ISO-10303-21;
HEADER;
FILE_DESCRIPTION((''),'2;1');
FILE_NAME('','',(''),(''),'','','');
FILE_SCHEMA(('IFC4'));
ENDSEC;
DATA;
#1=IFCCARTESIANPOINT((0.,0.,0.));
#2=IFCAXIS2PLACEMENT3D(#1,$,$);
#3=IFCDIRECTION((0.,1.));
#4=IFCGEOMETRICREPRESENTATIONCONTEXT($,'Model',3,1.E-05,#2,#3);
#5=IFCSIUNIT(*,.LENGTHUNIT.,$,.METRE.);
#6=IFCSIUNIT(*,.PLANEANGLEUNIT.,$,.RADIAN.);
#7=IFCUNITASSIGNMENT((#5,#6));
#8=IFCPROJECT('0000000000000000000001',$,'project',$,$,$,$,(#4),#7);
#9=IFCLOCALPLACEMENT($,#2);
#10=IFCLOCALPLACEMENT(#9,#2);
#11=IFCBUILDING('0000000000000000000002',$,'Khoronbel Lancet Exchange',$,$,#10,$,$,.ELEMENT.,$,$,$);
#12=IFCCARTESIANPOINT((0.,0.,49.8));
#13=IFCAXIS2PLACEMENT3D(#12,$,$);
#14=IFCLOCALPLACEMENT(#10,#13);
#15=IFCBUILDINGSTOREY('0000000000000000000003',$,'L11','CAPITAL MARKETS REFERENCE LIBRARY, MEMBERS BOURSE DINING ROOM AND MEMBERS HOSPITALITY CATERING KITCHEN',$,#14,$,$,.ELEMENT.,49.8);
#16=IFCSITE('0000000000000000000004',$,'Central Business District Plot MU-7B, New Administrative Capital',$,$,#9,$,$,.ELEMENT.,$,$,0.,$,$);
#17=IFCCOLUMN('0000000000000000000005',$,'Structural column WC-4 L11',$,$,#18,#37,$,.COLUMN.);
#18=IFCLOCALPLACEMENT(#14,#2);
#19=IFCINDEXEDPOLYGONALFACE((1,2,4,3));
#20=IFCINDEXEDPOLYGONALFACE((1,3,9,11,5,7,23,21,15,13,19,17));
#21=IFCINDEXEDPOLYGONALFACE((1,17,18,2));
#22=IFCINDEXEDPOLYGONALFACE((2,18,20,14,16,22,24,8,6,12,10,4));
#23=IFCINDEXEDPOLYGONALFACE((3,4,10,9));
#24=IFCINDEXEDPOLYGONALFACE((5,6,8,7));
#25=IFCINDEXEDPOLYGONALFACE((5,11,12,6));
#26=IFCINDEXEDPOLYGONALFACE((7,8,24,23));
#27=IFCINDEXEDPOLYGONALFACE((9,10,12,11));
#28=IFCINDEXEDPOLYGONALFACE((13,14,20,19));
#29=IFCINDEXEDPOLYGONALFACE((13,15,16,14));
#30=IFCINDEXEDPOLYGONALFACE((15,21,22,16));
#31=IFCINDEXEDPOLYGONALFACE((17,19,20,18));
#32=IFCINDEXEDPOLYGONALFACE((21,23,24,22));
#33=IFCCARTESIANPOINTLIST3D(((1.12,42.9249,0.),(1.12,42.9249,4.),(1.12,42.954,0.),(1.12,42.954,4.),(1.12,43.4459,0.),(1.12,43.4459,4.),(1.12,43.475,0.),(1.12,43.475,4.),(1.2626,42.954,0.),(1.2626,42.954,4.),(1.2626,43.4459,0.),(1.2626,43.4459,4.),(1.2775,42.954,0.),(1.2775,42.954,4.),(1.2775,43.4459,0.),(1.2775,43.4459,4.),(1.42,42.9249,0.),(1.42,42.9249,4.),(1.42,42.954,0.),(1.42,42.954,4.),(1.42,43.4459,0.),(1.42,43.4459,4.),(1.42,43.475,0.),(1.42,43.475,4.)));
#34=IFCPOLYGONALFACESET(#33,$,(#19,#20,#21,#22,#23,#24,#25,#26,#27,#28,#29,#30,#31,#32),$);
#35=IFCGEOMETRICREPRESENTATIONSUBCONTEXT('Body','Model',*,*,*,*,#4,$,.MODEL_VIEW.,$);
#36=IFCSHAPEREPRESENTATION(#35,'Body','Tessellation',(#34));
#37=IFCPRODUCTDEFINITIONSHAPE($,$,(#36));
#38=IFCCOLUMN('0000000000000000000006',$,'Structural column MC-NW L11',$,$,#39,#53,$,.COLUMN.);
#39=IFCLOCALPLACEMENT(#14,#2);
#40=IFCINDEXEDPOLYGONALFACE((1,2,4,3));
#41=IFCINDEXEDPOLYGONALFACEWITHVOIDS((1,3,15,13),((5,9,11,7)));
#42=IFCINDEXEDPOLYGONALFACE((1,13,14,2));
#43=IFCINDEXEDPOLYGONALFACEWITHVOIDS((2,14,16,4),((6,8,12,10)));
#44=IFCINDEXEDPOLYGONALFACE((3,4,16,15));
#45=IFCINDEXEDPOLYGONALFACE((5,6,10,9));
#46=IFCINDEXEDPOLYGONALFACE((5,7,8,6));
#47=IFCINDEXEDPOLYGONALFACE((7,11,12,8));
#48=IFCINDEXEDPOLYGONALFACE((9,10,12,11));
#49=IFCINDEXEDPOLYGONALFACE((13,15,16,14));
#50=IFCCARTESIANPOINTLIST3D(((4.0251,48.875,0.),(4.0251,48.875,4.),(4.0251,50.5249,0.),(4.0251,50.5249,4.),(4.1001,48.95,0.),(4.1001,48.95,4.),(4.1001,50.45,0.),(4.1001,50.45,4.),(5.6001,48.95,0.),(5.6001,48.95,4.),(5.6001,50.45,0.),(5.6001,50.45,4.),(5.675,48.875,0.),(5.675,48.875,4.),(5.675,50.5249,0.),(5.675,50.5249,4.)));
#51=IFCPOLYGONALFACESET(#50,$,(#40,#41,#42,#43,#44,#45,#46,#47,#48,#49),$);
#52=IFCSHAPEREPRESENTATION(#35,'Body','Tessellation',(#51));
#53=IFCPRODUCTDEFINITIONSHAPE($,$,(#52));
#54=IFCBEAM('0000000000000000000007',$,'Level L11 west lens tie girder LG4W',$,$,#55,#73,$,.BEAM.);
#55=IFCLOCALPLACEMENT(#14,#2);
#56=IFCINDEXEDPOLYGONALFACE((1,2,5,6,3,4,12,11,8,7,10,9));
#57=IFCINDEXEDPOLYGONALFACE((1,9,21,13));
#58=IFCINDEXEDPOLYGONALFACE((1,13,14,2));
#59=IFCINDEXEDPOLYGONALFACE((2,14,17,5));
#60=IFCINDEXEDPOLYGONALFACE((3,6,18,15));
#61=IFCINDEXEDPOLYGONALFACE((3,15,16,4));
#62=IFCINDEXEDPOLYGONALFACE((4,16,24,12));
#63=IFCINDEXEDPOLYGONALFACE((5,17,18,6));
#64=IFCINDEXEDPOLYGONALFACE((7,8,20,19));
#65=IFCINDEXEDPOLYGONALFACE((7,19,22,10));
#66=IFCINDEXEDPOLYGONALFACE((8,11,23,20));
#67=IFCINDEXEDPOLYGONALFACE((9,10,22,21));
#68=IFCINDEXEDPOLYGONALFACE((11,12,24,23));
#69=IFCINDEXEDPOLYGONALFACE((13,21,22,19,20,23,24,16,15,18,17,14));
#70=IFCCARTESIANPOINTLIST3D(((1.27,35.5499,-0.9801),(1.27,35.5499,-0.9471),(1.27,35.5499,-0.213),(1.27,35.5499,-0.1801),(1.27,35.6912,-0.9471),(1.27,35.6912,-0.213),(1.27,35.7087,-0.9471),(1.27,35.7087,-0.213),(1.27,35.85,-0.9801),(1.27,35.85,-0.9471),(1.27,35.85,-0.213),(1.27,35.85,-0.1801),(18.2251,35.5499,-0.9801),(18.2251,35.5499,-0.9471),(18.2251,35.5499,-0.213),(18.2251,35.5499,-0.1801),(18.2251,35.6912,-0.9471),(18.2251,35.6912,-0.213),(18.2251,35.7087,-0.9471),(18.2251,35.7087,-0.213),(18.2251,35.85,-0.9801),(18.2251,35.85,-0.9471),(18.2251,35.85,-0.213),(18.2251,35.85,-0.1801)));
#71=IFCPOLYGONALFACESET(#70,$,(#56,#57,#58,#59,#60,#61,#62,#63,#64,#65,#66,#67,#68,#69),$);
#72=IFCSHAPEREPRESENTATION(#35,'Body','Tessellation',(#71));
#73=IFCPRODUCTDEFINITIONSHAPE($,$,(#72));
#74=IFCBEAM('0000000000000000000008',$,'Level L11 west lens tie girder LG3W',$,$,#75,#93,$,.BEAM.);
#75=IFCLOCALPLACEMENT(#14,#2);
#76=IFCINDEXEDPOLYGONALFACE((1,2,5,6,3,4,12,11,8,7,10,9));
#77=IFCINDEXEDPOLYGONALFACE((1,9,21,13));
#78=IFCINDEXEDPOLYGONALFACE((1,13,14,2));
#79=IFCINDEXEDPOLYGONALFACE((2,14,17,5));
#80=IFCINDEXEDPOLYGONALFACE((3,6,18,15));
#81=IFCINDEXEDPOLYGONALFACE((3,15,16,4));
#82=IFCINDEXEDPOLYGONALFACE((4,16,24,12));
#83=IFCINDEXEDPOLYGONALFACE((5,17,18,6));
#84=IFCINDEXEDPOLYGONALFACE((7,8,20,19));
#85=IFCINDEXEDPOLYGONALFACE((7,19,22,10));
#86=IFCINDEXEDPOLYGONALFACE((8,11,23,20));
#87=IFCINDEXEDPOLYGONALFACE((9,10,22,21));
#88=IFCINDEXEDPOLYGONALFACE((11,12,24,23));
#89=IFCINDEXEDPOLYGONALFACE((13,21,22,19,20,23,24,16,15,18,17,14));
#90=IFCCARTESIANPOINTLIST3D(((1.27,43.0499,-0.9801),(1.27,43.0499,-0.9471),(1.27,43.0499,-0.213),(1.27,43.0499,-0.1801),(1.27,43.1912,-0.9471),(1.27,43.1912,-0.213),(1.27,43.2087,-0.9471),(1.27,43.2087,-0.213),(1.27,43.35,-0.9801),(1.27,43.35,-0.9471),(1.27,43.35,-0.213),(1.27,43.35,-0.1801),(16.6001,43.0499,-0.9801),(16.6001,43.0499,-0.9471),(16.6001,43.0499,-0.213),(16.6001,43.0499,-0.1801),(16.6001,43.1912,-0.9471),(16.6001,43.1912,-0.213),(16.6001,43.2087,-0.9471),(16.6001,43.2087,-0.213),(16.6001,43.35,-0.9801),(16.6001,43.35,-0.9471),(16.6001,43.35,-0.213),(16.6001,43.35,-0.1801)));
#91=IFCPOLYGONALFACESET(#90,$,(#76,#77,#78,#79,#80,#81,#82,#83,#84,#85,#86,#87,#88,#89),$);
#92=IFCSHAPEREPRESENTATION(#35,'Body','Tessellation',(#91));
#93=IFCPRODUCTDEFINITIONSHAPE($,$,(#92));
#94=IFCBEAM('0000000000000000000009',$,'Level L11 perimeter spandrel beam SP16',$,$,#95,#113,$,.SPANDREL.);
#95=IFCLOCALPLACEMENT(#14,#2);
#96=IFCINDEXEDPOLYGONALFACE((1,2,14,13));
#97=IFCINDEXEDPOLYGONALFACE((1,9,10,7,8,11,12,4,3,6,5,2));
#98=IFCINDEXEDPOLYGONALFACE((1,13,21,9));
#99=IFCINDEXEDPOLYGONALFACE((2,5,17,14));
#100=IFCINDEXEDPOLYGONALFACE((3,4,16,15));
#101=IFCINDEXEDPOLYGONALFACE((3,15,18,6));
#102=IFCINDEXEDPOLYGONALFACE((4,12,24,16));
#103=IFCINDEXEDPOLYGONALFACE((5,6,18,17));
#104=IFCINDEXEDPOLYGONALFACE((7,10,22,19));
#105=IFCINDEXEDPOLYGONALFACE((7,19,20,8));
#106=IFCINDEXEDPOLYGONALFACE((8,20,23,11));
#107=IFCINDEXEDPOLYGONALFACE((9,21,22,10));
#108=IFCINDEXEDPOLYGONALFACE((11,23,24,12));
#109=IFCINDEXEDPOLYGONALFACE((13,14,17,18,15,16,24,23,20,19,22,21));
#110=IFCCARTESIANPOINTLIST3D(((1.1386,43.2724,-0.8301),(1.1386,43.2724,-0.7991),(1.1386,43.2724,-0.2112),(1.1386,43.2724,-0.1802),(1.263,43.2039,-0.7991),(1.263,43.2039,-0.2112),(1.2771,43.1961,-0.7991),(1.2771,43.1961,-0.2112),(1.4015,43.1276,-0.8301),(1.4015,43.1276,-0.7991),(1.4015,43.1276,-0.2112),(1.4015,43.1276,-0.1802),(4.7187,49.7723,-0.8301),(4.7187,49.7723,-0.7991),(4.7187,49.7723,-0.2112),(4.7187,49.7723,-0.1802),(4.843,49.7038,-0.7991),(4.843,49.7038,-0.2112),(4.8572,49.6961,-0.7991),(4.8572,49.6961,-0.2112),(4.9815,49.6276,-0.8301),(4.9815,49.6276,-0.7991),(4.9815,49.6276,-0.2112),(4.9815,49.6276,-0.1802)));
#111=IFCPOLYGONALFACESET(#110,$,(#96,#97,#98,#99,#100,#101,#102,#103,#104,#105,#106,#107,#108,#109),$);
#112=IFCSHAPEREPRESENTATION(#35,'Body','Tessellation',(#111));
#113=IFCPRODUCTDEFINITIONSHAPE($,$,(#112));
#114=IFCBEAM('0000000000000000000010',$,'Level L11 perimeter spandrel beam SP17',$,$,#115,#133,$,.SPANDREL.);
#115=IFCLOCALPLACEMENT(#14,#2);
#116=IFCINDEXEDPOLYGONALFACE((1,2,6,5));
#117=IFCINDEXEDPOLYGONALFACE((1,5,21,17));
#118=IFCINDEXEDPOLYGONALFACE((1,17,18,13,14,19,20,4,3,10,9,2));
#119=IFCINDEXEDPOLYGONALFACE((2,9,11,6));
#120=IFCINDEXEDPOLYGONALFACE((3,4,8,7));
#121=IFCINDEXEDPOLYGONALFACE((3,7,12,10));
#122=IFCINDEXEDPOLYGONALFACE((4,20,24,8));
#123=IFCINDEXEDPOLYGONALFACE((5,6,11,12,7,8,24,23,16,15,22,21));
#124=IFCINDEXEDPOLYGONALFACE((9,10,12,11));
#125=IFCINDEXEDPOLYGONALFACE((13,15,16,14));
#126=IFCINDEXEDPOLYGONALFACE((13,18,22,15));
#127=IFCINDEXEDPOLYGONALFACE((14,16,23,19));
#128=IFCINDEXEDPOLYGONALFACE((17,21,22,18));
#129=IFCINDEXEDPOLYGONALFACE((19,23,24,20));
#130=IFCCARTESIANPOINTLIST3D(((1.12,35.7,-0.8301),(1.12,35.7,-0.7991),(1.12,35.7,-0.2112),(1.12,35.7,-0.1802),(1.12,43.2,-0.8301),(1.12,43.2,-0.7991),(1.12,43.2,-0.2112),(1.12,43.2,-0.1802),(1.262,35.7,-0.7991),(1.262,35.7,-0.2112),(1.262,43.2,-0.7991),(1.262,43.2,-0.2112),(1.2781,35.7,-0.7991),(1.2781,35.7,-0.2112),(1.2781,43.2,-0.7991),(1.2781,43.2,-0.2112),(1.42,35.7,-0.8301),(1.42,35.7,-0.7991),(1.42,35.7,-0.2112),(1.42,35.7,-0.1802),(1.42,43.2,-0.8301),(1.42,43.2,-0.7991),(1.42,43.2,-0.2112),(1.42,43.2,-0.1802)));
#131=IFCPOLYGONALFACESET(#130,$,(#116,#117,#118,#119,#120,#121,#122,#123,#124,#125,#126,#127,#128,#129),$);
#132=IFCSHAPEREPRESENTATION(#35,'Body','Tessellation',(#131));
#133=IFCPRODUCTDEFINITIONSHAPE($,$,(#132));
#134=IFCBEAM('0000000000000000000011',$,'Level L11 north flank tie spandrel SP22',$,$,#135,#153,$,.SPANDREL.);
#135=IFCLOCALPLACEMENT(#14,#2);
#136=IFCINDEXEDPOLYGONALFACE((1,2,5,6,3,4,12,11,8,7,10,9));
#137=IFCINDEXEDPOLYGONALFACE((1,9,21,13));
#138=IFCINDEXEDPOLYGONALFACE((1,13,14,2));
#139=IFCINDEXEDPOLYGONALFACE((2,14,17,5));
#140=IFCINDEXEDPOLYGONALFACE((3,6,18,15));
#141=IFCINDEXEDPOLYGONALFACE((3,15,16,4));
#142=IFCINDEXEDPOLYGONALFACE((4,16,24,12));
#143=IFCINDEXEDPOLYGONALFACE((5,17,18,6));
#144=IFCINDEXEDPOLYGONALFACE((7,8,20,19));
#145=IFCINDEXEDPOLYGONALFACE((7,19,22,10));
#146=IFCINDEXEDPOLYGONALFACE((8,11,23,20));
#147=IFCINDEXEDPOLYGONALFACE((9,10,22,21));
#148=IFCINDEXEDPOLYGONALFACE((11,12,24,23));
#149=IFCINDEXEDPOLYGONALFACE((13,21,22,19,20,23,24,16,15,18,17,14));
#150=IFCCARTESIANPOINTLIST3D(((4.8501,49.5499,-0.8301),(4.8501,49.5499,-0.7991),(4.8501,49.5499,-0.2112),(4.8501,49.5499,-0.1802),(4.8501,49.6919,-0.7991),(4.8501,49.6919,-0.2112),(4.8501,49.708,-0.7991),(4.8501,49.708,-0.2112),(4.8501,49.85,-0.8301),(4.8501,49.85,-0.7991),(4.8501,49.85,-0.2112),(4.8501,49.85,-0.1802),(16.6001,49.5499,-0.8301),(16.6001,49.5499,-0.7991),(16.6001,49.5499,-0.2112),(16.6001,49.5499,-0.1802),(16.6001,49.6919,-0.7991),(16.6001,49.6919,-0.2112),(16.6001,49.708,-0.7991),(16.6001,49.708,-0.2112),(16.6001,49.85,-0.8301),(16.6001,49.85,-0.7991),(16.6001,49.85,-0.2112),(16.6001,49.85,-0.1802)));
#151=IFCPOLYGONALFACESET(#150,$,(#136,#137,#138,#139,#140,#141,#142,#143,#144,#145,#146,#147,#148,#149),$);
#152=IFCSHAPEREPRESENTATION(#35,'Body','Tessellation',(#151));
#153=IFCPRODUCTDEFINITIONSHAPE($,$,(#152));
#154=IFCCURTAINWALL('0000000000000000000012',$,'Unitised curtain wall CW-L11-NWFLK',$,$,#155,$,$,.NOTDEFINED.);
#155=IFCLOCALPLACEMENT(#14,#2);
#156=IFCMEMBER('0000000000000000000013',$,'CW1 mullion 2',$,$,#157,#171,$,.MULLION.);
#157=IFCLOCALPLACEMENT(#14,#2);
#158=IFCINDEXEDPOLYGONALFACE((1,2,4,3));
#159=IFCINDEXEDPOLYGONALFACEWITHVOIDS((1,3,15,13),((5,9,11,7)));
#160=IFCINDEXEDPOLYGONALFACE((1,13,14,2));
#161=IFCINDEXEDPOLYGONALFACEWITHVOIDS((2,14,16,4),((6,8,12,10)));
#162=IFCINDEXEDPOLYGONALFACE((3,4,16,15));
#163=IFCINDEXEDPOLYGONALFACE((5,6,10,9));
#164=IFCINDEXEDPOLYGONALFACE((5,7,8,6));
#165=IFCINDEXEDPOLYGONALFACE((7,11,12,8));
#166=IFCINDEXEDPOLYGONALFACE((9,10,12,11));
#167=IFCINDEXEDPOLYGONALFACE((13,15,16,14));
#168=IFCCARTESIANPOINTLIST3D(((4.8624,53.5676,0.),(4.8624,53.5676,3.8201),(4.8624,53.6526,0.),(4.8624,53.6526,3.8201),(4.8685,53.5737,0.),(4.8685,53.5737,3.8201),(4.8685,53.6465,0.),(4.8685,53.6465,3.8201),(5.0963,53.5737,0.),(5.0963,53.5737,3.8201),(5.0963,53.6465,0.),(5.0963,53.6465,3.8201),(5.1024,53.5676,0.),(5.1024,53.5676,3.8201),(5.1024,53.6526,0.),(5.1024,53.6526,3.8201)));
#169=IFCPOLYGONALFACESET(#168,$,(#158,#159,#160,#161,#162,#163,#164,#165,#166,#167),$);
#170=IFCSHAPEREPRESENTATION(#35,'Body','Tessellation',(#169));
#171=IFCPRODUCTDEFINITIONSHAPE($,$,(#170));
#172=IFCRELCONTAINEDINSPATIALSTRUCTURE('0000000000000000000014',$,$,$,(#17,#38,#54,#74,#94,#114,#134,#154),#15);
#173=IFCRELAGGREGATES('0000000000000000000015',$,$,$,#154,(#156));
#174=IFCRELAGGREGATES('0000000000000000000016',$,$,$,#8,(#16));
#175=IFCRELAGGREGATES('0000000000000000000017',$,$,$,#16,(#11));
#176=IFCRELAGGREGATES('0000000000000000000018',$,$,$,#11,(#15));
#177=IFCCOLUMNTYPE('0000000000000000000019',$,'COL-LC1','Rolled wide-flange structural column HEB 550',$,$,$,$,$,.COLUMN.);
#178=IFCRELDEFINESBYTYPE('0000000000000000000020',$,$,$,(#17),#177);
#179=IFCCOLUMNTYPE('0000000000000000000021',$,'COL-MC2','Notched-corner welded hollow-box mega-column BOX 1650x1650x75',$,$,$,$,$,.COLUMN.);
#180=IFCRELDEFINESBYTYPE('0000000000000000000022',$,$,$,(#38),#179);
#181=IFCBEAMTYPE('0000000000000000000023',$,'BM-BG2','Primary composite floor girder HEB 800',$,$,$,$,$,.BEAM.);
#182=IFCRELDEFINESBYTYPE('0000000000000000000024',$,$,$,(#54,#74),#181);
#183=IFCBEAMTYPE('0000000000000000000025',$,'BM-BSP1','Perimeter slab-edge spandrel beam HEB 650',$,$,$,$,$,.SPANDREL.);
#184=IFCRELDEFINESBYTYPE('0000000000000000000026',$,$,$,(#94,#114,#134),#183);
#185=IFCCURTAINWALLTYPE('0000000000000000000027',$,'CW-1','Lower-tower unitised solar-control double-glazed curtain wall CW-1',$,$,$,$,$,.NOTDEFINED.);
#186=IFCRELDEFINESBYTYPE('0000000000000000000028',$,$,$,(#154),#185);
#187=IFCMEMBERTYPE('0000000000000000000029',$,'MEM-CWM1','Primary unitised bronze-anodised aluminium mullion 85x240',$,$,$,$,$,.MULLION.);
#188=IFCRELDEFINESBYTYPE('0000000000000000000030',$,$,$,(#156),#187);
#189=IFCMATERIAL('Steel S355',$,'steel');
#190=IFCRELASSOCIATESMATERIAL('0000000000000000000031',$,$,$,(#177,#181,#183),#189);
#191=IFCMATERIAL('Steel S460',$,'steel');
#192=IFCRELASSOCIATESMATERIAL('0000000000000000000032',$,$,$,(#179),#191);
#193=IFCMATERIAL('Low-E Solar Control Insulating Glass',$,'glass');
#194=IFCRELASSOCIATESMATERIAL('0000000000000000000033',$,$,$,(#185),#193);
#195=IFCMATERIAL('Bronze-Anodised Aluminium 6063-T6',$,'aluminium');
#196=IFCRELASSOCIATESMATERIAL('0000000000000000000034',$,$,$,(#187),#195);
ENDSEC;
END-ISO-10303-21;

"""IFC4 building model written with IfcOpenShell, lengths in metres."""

from ifc_helpers import new_model, si_unit, direction, frame, origin, origin_2d, place, context, subcontext, project, spatial, hollow_rectangle, i_section, extrude, material, material_profile, profile_set, type_object, element, aggregate, save


model = new_model("IFC4")

# Units and contexts
model_context = context("Model", 3, precision=1e-05, world=origin(), true_north=direction((0.0, 1.0)))
body_context = subcontext(model_context, "Body", "Model", "MODEL_VIEW")
ifc_project = project(units=[si_unit("LENGTHUNIT", "METRE"), si_unit("PLANEANGLEUNIT", "RADIAN")], contexts=[model_context])

# Site, building, storey
site_placement = place(None, origin())
site = spatial("IfcSite", under=ifc_project, at=site_placement, Name="Central Business District Plot MU-7B, New Administrative Capital", CompositionType="ELEMENT", RefElevation=0.0)
building_placement = place(site_placement, origin())
building = spatial("IfcBuilding", under=site, at=building_placement, Name="Khoronbel Lancet Exchange", CompositionType="ELEMENT")
storey_placement = place(building_placement, frame((0.0, 0.0, 49.8)))
storey = spatial("IfcBuildingStorey", under=building, at=storey_placement, Name="L11", Description="CAPITAL MARKETS REFERENCE LIBRARY, MEMBERS BOURSE DINING ROOM AND MEMBERS HOSPITALITY CATERING KITCHEN", CompositionType="ELEMENT", Elevation=49.8)

# Columns
ifc_material_1 = material(Name="Steel S355", Category="steel")
ifc_material_profile_1 = material_profile(ifc_material_1, i_section(OverallWidth=0.3, OverallDepth=0.55, WebThickness=0.0149, FlangeThickness=0.0291, at=origin_2d()), Name="HEB 550")
ifc_profile_set_1 = profile_set([ifc_material_profile_1], Name="Steel S355")
column_type_1 = type_object("IfcColumnType", Name="COL-LC1", Description="Rolled wide-flange structural column HEB 550", PredefinedType="COLUMN", material=ifc_profile_set_1)
column_1_placement = place(storey_placement, frame((1.27, 43.2, 0.0), z_axis=(0.0, 0.0, 1.0), x_axis=(1.0, 0.0, 0.0)))
element("IfcColumn", 1, at=column_1_placement, inside=storey, type_object=column_type_1, Name="Structural column WC-4 L11", PredefinedType="COLUMN", context=body_context, shape_type="SweptSolid", body=[
    extrude(i_section(OverallWidth=0.3, OverallDepth=0.55, WebThickness=0.0149, FlangeThickness=0.0291, at=origin_2d()), origin(), (0.0, 0.0, 1.0), 4.0),
])
ifc_material_2 = material(Name="Steel S460", Category="steel")
ifc_material_profile_2 = material_profile(ifc_material_2, hollow_rectangle(XDim=1.6499, YDim=1.6499, WallThickness=0.075, at=origin_2d()), Name="BOX 1650x1650x75")
ifc_profile_set_2 = profile_set([ifc_material_profile_2], Name="Steel S460")
column_type_2 = type_object("IfcColumnType", Name="COL-MC2", Description="Notched-corner welded hollow-box mega-column BOX 1650x1650x75", PredefinedType="COLUMN", material=ifc_profile_set_2)
column_2_placement = place(storey_placement, frame((4.8501, 49.7, 0.0), z_axis=(0.0, 0.0, 1.0), x_axis=(1.0, 0.0, 0.0)))
element("IfcColumn", 2, at=column_2_placement, inside=storey, type_object=column_type_2, Name="Structural column MC-NW L11", PredefinedType="COLUMN", context=body_context, shape_type="SweptSolid", body=[
    extrude(hollow_rectangle(XDim=1.6499, YDim=1.6499, WallThickness=0.075, at=origin_2d()), origin(), (0.0, 0.0, 1.0), 4.0),
])

# Beams
ifc_material_profile_3 = material_profile(ifc_material_1, i_section(OverallWidth=0.3, OverallDepth=0.8, WebThickness=0.0176, FlangeThickness=0.033, at=origin_2d()), Name="HEB 800")
ifc_profile_set_3 = profile_set([ifc_material_profile_3], Name="Steel S355")
beam_type_1 = type_object("IfcBeamType", Name="BM-BG2", Description="Primary composite floor girder HEB 800", PredefinedType="BEAM", material=ifc_profile_set_3)
beam_1_placement = place(storey_placement, frame((1.27, 35.7, -0.5801), z_axis=(1.0, 0.0, 0.0), x_axis=(0.0, 1.0, 0.0)))
element("IfcBeam", 3, at=beam_1_placement, inside=storey, type_object=beam_type_1, Name="Level L11 west lens tie girder LG4W", PredefinedType="BEAM", context=body_context, shape_type="SweptSolid", body=[
    extrude(i_section(OverallWidth=0.3, OverallDepth=0.8, WebThickness=0.0176, FlangeThickness=0.033, at=origin_2d()), origin(), (0.0, 0.0, 1.0), 16.9551),
])
beam_2_placement = place(storey_placement, frame((1.27, 43.2, -0.5801), z_axis=(1.0, 0.0, 0.0), x_axis=(0.0, 1.0, 0.0)))
element("IfcBeam", 4, at=beam_2_placement, inside=storey, type_object=beam_type_1, Name="Level L11 west lens tie girder LG3W", PredefinedType="BEAM", context=body_context, shape_type="SweptSolid", body=[
    extrude(i_section(OverallWidth=0.3, OverallDepth=0.8, WebThickness=0.0176, FlangeThickness=0.033, at=origin_2d()), origin(), (0.0, 0.0, 1.0), 15.3301),
])
ifc_material_profile_4 = material_profile(ifc_material_1, i_section(OverallWidth=0.3, OverallDepth=0.6499, WebThickness=0.0161, FlangeThickness=0.031, at=origin_2d()), Name="HEB 650")
ifc_profile_set_4 = profile_set([ifc_material_profile_4], Name="Steel S355")
beam_type_2 = type_object("IfcBeamType", Name="BM-BSP1", Description="Perimeter slab-edge spandrel beam HEB 650", PredefinedType="SPANDREL", material=ifc_profile_set_4)
beam_3_placement = place(storey_placement, frame((4.8501, 49.7, -0.5051), z_axis=(-0.482444, -0.875927, 0.0), x_axis=(0.875927, -0.482444, 0.0)))
element("IfcBeam", 5, at=beam_3_placement, inside=storey, type_object=beam_type_2, Name="Level L11 perimeter spandrel beam SP16", PredefinedType="SPANDREL", context=body_context, shape_type="SweptSolid", body=[
    extrude(i_section(OverallWidth=0.3, OverallDepth=0.6499, WebThickness=0.0161, FlangeThickness=0.031, at=origin_2d()), origin(), (0.0, 0.0, 1.0), 7.4207),
])
beam_4_placement = place(storey_placement, frame((1.27, 43.2, -0.5051), z_axis=(0.0, -1.0, 0.0), x_axis=(1.0, 0.0, 0.0)))
element("IfcBeam", 6, at=beam_4_placement, inside=storey, type_object=beam_type_2, Name="Level L11 perimeter spandrel beam SP17", PredefinedType="SPANDREL", context=body_context, shape_type="SweptSolid", body=[
    extrude(i_section(OverallWidth=0.3, OverallDepth=0.6499, WebThickness=0.0161, FlangeThickness=0.031, at=origin_2d()), origin(), (0.0, 0.0, 1.0), 7.5),
])
beam_5_placement = place(storey_placement, frame((4.8501, 49.7, -0.5051), z_axis=(1.0, 0.0, 0.0), x_axis=(0.0, 1.0, 0.0)))
element("IfcBeam", 7, at=beam_5_placement, inside=storey, type_object=beam_type_2, Name="Level L11 north flank tie spandrel SP22", PredefinedType="SPANDREL", context=body_context, shape_type="SweptSolid", body=[
    extrude(i_section(OverallWidth=0.3, OverallDepth=0.6499, WebThickness=0.0161, FlangeThickness=0.031, at=origin_2d()), origin(), (0.0, 0.0, 1.0), 11.75),
])

# Curtain wall, member
ifc_material_3 = material(Name="Low-E Solar Control Insulating Glass", Category="glass")
curtain_wall_type_1 = type_object("IfcCurtainWallType", Name="CW-1", Description="Lower-tower unitised solar-control double-glazed curtain wall CW-1", PredefinedType="NOTDEFINED", material=ifc_material_3)
curtain_wall_1_placement = place(storey_placement, origin())
curtain_wall_1 = element("IfcCurtainWall", 8, at=curtain_wall_1_placement, inside=storey, type_object=curtain_wall_type_1, Name="Unitised curtain wall CW-L11-NWFLK", PredefinedType="NOTDEFINED")
ifc_material_4 = material(Name="Bronze-Anodised Aluminium 6063-T6", Category="aluminium")
ifc_material_profile_5 = material_profile(ifc_material_4, hollow_rectangle(XDim=0.085, YDim=0.24, WallThickness=0.0061, at=origin_2d()), Name="ALU MULLION 85x240")
ifc_profile_set_5 = profile_set([ifc_material_profile_5], Name="Bronze-Anodised Aluminium 6063-T6")
member_type_1 = type_object("IfcMemberType", Name="MEM-CWM1", Description="Primary unitised bronze-anodised aluminium mullion 85x240", PredefinedType="MULLION", material=ifc_profile_set_5)
member_1_placement = place(storey_placement, frame((4.9824, 53.6101, 0.0), z_axis=(0.0, 0.0, 1.0), x_axis=(0.0, -1.0, 0.0)))
member_1 = element("IfcMember", 9, at=member_1_placement, type_object=member_type_1, Name="CW1 mullion 2", PredefinedType="MULLION", context=body_context, shape_type="SweptSolid", body=[
    extrude(hollow_rectangle(XDim=0.085, YDim=0.24, WallThickness=0.0061, at=origin_2d()), origin(), (0.0, 0.0, 1.0), 3.8201),
])

aggregate(curtain_wall_1, [member_1])

save(model, "model.ifc")
